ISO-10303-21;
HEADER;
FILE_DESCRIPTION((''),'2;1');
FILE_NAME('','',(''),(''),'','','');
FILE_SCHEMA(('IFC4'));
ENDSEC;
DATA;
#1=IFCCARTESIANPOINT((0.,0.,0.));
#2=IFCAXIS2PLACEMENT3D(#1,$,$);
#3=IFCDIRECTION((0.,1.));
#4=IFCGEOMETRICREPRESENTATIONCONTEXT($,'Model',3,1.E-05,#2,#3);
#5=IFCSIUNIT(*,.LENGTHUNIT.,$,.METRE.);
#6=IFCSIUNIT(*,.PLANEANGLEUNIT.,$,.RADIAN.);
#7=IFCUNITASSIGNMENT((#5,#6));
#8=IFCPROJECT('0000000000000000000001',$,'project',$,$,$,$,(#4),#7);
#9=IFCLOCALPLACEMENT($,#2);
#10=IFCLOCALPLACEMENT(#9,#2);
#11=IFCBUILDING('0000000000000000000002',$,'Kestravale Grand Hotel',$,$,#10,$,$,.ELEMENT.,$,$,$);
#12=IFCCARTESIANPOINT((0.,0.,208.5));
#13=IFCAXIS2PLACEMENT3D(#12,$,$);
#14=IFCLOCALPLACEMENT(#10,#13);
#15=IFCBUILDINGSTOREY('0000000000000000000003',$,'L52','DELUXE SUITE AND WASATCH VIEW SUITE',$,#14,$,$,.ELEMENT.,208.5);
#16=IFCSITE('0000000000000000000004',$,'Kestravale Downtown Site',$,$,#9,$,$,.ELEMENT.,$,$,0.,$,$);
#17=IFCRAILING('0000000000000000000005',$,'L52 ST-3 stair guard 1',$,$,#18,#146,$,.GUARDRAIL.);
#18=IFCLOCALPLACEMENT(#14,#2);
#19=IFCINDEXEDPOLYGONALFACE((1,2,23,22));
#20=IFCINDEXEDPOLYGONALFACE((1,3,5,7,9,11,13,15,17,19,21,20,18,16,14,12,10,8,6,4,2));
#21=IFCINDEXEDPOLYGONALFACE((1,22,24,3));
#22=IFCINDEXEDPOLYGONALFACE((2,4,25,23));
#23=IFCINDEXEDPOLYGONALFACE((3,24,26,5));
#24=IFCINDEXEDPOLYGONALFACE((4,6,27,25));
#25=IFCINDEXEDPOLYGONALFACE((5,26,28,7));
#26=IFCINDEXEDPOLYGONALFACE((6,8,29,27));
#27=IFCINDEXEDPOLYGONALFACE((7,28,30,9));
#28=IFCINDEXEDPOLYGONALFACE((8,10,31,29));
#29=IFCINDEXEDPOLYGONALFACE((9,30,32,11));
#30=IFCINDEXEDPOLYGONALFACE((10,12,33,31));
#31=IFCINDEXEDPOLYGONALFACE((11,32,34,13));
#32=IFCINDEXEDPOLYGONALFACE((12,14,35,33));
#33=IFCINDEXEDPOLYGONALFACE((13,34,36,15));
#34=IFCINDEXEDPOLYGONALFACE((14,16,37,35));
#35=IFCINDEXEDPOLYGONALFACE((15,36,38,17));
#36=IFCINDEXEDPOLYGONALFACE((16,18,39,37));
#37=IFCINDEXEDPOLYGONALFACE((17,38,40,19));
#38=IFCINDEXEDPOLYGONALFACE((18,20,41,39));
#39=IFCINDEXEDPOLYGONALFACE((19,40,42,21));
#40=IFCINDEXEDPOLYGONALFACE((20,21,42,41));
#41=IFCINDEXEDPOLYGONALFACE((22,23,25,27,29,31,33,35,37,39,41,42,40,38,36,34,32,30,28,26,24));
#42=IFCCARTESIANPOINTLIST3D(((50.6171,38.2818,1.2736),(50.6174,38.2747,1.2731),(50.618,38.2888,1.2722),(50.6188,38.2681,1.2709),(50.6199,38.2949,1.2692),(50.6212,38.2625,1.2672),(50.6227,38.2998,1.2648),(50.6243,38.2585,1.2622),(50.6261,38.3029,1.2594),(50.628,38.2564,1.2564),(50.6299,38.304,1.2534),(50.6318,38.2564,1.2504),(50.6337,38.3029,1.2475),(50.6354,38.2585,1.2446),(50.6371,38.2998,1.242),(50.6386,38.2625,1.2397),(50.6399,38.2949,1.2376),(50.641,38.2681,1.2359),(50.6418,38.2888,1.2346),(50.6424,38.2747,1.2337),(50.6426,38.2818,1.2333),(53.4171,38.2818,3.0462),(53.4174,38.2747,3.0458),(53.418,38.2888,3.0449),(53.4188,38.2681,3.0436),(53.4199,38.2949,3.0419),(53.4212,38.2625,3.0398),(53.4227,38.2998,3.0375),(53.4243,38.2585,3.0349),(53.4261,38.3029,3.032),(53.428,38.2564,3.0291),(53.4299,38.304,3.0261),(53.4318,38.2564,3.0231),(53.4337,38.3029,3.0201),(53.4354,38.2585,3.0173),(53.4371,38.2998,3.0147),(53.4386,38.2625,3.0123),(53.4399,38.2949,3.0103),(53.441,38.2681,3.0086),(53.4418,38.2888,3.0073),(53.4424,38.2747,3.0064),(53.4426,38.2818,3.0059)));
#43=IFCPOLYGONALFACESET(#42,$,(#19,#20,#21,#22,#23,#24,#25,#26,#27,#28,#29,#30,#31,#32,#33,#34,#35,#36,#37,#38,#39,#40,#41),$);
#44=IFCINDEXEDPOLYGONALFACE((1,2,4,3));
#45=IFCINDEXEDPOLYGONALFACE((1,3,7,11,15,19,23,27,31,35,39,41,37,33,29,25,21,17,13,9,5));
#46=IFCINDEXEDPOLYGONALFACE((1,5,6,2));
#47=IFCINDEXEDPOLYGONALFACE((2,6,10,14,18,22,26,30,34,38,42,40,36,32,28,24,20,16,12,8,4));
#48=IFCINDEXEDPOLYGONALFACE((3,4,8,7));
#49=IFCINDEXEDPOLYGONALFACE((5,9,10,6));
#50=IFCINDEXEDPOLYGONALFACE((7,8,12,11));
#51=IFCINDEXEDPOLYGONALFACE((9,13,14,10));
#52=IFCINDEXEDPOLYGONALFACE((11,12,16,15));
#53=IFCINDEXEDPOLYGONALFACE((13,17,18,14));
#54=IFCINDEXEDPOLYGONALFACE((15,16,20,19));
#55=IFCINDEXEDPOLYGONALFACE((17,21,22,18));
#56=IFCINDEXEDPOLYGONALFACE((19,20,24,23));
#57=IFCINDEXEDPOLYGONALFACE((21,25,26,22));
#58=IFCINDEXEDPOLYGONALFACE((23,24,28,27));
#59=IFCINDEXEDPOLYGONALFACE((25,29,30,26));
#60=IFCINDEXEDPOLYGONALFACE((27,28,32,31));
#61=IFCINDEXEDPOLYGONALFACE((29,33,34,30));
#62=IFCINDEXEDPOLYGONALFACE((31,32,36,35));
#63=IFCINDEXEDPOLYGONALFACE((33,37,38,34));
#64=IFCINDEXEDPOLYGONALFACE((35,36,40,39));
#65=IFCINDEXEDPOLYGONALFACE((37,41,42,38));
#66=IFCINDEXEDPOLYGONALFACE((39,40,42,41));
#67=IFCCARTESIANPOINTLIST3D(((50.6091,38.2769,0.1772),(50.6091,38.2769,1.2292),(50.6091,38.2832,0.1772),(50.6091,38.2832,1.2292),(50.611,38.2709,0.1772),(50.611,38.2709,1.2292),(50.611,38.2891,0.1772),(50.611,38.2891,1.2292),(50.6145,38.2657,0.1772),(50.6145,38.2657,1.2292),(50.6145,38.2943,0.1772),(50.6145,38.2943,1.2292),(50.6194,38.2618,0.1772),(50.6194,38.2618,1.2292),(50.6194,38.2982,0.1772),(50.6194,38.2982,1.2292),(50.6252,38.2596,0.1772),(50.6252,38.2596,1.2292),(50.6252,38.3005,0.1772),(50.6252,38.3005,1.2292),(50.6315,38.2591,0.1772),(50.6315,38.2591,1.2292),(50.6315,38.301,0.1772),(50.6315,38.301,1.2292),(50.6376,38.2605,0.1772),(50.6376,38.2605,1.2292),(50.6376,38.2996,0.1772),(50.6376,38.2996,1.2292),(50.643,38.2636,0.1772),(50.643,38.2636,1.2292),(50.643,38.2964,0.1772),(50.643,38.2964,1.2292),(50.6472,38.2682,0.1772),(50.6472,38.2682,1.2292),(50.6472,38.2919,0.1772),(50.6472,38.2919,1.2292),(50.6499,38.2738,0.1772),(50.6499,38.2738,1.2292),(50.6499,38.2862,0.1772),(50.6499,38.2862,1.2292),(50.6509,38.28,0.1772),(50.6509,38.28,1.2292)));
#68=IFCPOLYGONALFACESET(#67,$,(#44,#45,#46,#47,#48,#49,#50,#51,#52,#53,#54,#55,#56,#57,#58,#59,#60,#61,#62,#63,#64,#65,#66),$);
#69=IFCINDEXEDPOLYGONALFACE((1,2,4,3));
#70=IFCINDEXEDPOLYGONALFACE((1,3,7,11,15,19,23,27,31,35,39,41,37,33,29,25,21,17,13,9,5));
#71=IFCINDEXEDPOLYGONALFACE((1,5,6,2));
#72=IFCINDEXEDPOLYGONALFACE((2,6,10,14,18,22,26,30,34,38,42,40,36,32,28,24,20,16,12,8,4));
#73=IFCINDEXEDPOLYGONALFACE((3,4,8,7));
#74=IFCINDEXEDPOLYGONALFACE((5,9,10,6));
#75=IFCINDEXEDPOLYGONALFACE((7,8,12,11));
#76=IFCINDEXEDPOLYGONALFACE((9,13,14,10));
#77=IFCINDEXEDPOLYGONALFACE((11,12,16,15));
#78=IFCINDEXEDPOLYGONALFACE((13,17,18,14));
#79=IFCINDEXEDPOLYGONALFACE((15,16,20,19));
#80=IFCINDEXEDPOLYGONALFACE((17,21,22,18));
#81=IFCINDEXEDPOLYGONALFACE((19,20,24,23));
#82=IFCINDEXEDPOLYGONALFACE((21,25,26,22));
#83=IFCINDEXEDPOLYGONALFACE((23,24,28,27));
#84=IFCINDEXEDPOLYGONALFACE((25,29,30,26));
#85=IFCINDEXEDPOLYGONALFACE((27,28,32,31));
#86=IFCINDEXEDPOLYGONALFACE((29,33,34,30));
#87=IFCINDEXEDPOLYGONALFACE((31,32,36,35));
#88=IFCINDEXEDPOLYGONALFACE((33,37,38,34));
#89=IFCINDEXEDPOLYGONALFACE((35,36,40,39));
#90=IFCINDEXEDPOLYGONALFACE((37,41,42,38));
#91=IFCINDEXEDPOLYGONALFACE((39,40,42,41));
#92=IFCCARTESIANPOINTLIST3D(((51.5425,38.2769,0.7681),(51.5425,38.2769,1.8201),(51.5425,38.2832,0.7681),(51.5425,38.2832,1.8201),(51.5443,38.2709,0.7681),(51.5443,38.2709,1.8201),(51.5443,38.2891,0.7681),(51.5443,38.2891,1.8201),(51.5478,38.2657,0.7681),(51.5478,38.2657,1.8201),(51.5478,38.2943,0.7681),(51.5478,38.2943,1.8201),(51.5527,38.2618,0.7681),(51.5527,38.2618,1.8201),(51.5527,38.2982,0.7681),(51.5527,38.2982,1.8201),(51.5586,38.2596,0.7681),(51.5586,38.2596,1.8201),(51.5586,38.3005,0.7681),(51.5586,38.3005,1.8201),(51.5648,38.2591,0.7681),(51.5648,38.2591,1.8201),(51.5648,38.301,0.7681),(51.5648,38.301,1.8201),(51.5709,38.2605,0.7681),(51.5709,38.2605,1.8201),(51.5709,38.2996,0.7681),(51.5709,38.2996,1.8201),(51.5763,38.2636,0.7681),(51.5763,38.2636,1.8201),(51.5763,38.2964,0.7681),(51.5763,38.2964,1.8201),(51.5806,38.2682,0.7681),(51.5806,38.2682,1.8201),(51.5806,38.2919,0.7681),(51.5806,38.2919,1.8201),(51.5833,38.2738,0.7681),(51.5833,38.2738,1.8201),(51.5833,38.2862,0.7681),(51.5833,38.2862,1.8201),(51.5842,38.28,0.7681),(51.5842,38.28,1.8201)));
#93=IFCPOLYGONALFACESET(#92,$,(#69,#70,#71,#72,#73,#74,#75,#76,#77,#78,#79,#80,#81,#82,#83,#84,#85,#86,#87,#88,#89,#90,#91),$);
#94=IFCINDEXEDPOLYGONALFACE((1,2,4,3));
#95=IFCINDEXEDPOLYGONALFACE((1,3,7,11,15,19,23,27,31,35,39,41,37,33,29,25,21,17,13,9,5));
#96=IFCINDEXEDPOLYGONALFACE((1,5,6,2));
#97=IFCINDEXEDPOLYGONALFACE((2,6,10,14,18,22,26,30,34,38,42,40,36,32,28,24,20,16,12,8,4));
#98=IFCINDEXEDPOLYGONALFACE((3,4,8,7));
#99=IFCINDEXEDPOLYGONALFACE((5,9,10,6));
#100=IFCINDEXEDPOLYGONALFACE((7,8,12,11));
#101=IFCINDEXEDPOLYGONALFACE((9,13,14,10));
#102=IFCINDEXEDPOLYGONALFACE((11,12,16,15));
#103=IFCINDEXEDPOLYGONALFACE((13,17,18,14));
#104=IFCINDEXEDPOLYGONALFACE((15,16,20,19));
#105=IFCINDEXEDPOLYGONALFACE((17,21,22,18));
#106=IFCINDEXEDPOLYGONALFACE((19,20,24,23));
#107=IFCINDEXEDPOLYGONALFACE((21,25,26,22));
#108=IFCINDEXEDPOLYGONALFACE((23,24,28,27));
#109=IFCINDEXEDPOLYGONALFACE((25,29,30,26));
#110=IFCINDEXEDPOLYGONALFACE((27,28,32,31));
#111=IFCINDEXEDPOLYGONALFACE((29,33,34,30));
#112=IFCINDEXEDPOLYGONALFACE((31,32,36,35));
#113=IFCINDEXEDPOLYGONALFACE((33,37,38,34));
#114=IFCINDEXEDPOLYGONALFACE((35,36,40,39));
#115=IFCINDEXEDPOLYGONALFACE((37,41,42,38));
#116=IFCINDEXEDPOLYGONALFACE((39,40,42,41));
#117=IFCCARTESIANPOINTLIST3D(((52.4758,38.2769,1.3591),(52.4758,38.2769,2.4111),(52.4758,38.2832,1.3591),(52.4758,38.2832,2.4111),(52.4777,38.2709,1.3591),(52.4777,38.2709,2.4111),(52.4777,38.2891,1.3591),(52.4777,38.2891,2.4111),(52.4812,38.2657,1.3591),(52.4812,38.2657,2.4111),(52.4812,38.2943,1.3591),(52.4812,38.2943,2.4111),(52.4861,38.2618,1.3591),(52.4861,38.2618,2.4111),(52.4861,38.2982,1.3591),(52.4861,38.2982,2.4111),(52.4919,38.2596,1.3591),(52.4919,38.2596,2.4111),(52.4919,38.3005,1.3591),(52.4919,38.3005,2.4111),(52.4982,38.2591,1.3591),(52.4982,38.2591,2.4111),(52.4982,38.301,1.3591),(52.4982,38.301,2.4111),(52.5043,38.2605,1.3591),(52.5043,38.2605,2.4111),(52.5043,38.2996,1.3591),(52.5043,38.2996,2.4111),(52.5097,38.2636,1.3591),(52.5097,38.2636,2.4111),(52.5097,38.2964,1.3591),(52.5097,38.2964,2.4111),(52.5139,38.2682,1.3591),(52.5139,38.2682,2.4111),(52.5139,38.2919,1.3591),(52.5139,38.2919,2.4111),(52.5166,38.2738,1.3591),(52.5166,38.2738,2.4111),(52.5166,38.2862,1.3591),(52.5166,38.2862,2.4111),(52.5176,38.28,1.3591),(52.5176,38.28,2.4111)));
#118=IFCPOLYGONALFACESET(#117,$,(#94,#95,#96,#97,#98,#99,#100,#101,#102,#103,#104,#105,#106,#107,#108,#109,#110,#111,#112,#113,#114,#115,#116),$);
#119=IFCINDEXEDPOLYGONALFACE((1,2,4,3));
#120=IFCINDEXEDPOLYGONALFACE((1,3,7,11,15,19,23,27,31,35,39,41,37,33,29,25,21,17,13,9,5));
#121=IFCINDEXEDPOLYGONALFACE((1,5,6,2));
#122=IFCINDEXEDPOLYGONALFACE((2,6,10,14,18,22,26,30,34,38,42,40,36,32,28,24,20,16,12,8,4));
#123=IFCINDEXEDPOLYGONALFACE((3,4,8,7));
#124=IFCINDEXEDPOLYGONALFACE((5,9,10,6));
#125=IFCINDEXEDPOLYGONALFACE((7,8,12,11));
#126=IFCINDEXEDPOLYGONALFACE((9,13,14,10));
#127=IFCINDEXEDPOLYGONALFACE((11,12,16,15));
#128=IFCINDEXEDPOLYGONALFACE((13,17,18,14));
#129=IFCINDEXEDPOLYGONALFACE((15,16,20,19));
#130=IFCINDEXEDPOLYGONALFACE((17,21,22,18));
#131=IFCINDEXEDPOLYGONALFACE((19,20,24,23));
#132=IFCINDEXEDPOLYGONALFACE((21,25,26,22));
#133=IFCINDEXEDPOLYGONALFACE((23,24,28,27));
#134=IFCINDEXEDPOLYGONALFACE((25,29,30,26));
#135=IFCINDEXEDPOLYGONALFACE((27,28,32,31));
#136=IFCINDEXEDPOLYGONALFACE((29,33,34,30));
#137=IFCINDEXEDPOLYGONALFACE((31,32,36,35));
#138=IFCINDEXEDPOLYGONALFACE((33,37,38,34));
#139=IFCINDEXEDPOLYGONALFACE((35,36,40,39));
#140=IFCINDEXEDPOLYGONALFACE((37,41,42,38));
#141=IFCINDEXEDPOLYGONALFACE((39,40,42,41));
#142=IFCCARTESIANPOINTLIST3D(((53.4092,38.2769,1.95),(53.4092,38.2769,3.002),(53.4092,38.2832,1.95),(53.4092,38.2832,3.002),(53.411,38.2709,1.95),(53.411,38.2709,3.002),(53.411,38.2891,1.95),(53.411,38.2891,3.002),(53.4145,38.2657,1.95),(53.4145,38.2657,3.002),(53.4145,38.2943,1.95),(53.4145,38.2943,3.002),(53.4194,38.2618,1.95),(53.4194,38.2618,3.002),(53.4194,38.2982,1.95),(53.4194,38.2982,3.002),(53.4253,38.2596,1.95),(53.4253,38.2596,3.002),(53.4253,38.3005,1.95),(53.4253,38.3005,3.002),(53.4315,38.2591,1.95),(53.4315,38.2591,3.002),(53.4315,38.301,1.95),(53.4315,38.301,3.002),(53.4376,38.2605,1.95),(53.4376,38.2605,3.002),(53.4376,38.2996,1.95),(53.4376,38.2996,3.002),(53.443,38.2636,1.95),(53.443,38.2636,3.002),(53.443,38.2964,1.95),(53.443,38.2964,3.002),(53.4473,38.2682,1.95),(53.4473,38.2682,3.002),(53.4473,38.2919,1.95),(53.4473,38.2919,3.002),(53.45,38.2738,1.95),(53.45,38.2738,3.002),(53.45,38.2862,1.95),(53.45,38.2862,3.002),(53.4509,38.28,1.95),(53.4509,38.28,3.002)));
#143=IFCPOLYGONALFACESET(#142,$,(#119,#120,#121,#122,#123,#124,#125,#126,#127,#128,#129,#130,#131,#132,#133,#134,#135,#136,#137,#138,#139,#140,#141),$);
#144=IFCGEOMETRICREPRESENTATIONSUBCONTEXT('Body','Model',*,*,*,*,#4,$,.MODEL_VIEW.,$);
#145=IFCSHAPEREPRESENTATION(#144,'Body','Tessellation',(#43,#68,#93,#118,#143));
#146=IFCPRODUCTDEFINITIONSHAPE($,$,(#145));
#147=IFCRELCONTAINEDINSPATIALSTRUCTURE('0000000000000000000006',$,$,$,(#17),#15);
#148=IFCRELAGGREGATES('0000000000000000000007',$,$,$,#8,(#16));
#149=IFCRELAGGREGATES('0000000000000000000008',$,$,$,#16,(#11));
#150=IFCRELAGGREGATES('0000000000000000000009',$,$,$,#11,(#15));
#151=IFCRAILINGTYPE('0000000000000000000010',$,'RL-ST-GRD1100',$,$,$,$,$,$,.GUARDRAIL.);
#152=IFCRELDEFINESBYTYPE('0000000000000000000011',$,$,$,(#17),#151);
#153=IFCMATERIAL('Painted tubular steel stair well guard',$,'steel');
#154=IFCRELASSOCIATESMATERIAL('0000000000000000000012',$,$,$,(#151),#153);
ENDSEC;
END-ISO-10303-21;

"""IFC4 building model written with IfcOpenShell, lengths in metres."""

from ifc_helpers import new_model, si_unit, direction, frame, origin, origin_2d, place, context, subcontext, project, spatial, circle, extrude, material, type_object, element, save


model = new_model("IFC4")

# Units and contexts
model_context = context("Model", 3, precision=1e-05, world=origin(), true_north=direction((0.0, 1.0)))
body_context = subcontext(model_context, "Body", "Model", "MODEL_VIEW")
ifc_project = project(units=[si_unit("LENGTHUNIT", "METRE"), si_unit("PLANEANGLEUNIT", "RADIAN")], contexts=[model_context])

# Site, building, storey
site_placement = place(None, origin())
site = spatial("IfcSite", under=ifc_project, at=site_placement, Name="Kestravale Downtown Site", CompositionType="ELEMENT", RefElevation=0.0)
building_placement = place(site_placement, origin())
building = spatial("IfcBuilding", under=site, at=building_placement, Name="Kestravale Grand Hotel", CompositionType="ELEMENT")
storey_placement = place(building_placement, frame((0.0, 0.0, 208.5)))
storey = spatial("IfcBuildingStorey", under=building, at=storey_placement, Name="L52", Description="DELUXE SUITE AND WASATCH VIEW SUITE", CompositionType="ELEMENT", Elevation=208.5)

# Railing
ifc_material_1 = material(Name="Painted tubular steel stair well guard", Category="steel")
railing_type_1 = type_object("IfcRailingType", Name="RL-ST-GRD1100", PredefinedType="GUARDRAIL", material=ifc_material_1)
railing_1_placement = place(storey_placement, frame((50.6299, 38.28, 0.1772)))
element("IfcRailing", 1, at=railing_1_placement, inside=storey, type_object=railing_type_1, Name="L52 ST-3 stair guard 1", PredefinedType="GUARDRAIL", context=body_context, shape_type="SweptSolid", body=[
    extrude(circle(Radius=0.0239, at=origin_2d()), frame((0.0, 0.0, 1.0762), z_axis=(0.844909, 0.0, 0.53491), x_axis=(0.0, 1.0, 0.0)), (0.0, 0.0, 1.0), 3.314),
    extrude(circle(Radius=0.021, at=origin_2d()), origin(), (0.0, 0.0, 1.0), 1.052),
    extrude(circle(Radius=0.021, at=origin_2d()), frame((0.9333, 0.0, 0.5908)), (0.0, 0.0, 1.0), 1.052),
    extrude(circle(Radius=0.021, at=origin_2d()), frame((1.8667, 0.0, 1.1819)), (0.0, 0.0, 1.0), 1.052),
    extrude(circle(Radius=0.021, at=origin_2d()), frame((2.8, 0.0, 1.7727)), (0.0, 0.0, 1.0), 1.052),
])

save(model, "model.ifc")
